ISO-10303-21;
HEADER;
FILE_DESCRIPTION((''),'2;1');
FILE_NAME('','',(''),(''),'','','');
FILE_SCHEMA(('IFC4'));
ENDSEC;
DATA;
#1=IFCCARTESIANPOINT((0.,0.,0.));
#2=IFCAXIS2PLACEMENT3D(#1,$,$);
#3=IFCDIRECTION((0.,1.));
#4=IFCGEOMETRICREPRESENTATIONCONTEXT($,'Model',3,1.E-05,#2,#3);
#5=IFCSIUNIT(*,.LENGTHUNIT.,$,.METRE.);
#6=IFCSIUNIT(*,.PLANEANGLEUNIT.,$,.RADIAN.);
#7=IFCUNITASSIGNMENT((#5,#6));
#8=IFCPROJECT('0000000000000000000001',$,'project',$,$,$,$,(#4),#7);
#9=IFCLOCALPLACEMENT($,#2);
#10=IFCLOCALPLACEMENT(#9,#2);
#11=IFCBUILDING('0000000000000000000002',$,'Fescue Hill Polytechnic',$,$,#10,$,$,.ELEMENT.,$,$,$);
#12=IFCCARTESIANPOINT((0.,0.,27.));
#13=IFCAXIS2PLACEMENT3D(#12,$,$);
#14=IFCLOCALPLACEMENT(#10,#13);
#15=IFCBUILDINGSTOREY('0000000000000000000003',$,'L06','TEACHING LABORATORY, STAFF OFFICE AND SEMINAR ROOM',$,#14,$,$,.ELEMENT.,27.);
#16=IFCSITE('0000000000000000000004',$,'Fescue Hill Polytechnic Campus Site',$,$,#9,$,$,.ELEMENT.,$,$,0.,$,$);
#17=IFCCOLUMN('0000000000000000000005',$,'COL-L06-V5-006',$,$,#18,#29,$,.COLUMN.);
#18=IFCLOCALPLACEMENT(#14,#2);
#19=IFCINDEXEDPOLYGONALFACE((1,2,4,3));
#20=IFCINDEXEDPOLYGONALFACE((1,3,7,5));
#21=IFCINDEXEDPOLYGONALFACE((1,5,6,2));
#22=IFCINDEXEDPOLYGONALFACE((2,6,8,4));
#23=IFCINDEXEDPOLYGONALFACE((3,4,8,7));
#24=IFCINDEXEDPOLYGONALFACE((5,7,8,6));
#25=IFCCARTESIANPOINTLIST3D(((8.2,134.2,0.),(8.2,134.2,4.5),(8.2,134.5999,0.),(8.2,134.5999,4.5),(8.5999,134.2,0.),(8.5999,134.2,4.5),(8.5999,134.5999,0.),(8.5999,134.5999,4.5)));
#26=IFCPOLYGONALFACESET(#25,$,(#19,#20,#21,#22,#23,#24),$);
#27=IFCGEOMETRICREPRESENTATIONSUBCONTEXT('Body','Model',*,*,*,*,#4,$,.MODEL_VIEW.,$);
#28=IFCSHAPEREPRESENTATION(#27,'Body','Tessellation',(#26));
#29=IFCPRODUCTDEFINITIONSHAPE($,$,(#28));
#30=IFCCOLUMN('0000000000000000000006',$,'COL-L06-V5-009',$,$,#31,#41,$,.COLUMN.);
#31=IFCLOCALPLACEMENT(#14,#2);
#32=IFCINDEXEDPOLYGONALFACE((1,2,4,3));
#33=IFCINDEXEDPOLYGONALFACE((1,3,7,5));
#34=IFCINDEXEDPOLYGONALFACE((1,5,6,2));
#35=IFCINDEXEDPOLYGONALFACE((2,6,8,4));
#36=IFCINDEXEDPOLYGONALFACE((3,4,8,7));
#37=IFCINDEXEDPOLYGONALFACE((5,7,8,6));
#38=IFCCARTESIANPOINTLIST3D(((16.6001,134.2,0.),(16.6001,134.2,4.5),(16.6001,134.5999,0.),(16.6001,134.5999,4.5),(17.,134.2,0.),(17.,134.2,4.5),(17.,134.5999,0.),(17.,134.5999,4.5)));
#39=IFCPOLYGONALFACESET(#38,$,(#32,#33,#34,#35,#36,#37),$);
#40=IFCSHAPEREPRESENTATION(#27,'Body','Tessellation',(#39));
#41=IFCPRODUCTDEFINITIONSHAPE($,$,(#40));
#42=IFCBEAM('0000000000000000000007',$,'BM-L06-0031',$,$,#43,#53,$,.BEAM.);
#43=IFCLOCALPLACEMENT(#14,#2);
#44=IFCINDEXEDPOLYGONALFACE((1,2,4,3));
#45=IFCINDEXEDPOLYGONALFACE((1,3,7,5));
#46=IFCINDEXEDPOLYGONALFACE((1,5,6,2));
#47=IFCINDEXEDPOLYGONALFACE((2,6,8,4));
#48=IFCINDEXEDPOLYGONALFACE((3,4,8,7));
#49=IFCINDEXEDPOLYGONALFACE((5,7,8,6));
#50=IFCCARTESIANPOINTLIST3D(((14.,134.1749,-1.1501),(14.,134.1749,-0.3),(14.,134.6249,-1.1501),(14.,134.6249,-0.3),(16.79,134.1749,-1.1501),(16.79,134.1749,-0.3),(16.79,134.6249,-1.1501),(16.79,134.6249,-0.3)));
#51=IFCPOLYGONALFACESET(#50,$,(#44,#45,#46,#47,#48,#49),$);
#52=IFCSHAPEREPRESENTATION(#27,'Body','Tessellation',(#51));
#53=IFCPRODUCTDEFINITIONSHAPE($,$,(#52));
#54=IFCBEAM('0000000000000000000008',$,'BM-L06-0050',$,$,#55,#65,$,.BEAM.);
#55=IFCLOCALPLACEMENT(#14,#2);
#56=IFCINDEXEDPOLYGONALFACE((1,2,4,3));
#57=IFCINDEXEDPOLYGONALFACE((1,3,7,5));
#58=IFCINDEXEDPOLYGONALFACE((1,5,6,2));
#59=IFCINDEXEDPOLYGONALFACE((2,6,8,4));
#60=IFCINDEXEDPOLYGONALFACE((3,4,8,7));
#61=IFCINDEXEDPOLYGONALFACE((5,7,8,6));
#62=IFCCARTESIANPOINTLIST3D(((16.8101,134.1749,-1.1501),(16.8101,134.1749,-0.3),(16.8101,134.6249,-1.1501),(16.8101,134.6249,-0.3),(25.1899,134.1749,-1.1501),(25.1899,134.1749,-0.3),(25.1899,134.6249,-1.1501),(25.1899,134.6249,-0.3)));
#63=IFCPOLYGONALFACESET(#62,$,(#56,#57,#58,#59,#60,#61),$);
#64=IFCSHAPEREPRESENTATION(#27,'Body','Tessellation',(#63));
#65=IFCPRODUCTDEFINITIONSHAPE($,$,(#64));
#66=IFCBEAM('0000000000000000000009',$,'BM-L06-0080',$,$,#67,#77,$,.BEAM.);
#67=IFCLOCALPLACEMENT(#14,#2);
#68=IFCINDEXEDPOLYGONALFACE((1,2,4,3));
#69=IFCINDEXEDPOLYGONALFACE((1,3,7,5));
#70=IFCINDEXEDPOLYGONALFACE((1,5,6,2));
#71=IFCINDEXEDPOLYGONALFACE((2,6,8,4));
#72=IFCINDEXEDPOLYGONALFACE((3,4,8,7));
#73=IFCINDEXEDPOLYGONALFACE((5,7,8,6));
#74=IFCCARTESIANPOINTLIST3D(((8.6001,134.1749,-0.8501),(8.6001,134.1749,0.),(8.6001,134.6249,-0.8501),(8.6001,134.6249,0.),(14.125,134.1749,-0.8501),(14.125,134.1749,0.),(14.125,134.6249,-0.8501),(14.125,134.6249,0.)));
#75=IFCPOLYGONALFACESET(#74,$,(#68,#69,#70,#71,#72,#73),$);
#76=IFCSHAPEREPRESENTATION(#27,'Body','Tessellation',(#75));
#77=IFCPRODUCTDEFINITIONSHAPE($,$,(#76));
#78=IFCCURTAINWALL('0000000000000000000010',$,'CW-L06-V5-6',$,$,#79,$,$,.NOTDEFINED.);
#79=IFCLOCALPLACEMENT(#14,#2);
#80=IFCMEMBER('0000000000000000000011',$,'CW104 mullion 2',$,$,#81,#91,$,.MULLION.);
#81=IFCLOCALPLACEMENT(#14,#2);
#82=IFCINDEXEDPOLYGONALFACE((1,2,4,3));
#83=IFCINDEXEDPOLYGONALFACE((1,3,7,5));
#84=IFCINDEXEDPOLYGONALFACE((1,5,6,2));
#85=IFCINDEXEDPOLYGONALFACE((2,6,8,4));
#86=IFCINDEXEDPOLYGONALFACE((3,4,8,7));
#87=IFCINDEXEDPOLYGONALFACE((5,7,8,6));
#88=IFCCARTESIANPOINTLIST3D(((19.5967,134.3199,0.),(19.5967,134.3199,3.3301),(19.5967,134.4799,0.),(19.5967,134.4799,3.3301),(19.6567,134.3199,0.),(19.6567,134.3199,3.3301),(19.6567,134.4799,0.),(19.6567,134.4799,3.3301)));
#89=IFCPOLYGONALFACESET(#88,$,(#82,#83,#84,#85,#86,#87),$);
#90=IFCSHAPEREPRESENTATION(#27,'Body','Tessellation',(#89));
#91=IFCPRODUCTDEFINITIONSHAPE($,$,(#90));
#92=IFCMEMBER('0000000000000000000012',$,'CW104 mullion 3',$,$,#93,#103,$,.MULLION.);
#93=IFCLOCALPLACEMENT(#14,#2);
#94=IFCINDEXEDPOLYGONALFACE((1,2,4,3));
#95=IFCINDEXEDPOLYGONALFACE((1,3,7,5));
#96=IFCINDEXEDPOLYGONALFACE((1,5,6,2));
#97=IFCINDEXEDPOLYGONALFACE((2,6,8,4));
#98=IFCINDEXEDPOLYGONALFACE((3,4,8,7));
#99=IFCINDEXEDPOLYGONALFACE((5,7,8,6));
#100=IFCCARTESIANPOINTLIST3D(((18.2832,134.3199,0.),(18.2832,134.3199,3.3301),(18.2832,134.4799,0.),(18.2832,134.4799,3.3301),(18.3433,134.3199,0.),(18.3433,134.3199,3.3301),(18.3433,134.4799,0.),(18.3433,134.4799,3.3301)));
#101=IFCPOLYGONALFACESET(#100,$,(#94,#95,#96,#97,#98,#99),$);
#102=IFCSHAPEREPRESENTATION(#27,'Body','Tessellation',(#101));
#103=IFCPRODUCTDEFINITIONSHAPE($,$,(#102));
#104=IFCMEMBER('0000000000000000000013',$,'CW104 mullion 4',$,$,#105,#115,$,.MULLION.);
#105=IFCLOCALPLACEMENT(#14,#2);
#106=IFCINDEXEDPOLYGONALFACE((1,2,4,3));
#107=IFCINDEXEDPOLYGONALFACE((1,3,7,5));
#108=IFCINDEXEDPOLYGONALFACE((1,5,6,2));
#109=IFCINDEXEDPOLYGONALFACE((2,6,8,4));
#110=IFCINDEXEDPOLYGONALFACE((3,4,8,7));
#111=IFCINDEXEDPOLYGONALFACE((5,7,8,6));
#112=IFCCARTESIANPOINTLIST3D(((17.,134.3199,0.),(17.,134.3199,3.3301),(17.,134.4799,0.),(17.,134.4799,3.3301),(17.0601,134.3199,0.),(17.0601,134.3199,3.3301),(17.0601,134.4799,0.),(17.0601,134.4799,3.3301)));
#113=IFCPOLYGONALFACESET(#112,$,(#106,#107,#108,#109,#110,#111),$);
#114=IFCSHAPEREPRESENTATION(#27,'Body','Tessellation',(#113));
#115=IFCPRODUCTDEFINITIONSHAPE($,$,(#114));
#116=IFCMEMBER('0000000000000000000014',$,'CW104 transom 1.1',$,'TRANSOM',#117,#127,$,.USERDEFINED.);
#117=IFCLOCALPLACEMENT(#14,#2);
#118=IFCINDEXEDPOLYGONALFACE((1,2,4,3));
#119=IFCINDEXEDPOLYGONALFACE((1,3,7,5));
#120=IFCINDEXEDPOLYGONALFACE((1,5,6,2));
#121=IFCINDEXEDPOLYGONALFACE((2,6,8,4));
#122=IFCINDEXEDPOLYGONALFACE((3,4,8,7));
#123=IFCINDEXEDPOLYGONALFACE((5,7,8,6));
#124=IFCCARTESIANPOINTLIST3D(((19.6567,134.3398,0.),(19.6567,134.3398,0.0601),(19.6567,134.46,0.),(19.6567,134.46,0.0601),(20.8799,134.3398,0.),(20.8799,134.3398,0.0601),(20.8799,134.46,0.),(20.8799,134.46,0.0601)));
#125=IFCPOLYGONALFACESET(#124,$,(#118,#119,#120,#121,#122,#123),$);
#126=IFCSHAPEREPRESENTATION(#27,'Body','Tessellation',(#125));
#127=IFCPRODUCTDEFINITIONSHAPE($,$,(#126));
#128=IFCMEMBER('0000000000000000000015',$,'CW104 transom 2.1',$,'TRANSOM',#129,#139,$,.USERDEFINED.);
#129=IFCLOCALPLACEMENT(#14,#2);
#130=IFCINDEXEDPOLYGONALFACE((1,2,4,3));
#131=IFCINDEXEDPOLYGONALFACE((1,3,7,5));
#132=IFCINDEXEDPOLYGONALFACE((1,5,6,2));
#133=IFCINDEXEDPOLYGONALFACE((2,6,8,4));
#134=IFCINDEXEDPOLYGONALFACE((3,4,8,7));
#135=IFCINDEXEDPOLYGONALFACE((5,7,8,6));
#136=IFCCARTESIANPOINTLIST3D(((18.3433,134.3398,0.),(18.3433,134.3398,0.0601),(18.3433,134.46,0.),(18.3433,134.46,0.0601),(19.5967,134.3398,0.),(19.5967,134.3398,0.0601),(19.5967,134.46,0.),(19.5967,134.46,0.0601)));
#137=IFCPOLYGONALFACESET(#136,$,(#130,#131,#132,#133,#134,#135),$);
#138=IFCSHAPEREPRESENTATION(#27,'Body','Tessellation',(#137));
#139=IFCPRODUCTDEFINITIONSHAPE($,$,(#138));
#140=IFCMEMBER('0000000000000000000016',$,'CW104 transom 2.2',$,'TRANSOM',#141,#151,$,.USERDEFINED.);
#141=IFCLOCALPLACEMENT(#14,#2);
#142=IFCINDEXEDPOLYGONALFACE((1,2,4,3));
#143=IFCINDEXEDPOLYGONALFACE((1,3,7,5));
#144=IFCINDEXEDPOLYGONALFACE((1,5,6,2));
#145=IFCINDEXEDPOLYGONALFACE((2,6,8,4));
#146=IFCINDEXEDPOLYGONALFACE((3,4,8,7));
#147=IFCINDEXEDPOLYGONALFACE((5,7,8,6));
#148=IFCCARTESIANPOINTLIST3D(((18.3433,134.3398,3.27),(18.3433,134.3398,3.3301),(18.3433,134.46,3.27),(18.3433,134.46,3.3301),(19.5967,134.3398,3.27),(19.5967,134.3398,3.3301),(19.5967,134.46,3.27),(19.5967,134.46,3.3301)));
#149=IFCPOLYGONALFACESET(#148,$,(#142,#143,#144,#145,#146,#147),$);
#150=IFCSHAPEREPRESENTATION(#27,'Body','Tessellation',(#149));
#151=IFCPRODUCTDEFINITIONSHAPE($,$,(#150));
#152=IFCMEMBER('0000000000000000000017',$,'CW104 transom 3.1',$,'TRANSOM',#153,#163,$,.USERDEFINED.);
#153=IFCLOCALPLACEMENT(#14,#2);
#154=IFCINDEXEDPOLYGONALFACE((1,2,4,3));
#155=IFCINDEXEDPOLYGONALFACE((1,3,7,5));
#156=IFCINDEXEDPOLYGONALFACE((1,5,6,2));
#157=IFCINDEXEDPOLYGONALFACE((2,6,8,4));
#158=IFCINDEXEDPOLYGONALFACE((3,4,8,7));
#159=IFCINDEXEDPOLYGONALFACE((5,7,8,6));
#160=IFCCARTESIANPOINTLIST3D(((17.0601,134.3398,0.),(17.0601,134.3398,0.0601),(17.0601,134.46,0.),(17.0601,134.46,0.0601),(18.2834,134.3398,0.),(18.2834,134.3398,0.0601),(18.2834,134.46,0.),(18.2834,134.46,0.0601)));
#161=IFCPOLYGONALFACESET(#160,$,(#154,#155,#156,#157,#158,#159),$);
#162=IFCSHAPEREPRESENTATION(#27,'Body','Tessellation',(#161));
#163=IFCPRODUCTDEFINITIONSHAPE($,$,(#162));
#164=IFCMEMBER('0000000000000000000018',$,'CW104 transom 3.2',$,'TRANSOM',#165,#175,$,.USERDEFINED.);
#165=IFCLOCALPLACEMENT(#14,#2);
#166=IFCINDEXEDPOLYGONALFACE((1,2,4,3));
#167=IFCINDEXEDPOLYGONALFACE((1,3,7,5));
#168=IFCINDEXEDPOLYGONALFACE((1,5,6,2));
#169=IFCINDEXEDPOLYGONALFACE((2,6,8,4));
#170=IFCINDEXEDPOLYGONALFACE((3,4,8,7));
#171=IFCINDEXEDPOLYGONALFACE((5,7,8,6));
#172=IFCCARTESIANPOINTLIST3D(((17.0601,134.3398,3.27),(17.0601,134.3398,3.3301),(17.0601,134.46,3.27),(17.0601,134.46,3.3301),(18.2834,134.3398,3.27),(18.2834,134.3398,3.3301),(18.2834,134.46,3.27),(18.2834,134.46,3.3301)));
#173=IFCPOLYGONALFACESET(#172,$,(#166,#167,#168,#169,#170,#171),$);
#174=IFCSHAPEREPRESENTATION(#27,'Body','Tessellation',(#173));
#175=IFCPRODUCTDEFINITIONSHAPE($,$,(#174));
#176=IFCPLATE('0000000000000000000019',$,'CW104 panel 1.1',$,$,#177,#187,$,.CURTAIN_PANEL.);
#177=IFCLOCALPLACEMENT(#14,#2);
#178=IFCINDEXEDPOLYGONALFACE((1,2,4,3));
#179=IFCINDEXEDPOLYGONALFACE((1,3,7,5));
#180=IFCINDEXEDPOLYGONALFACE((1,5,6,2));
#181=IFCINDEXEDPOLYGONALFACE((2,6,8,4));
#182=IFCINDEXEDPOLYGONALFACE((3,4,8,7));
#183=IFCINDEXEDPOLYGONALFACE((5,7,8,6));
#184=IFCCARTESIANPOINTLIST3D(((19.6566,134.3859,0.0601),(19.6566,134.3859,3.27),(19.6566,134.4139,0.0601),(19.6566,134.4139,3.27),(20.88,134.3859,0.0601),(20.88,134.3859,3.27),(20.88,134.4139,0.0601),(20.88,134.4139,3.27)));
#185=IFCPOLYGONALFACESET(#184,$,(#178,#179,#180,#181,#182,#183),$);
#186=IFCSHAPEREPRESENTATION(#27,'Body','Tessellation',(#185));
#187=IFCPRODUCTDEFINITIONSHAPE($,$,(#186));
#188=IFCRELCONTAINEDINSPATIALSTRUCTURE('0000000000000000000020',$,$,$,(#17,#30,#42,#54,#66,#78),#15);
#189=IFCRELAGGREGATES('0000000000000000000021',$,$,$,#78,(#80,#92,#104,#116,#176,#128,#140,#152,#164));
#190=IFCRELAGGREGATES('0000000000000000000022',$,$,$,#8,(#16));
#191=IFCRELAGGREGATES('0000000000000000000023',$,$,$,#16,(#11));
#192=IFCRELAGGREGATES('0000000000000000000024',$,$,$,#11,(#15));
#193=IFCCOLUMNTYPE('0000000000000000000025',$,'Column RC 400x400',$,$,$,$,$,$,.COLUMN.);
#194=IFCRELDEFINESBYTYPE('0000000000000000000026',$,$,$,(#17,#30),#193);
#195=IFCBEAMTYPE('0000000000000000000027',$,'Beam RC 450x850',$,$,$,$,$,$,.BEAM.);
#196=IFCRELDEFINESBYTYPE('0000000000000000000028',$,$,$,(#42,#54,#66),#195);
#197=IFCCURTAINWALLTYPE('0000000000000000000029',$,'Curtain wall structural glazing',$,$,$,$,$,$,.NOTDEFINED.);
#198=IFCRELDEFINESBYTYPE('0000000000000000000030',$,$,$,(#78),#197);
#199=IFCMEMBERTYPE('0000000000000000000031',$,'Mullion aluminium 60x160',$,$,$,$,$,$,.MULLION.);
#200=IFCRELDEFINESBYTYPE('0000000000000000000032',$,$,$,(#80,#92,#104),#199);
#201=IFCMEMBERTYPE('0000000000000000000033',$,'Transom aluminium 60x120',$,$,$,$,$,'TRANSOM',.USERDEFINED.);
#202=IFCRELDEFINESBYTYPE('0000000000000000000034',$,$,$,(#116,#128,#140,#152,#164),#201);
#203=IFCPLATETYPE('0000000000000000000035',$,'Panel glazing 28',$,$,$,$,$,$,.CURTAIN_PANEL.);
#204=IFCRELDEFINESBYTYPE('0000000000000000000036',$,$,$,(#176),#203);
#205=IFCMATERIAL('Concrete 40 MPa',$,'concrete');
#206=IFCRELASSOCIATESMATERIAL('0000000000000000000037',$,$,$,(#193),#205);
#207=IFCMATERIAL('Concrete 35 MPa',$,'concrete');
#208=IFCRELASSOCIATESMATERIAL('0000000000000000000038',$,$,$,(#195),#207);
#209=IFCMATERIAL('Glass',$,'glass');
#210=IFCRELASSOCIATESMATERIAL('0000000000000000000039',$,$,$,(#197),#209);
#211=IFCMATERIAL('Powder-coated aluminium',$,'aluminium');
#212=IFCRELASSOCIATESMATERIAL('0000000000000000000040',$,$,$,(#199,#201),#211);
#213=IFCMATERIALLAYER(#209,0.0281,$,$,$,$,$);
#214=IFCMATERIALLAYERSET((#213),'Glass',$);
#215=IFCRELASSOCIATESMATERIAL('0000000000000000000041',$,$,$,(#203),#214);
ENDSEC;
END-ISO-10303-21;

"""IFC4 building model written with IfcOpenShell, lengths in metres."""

from ifc_helpers import new_model, si_unit, direction, frame, origin, origin_2d, place, context, subcontext, project, spatial, rectangle, extrude, material, layer, layer_set, material_profile, profile_set, type_object, element, aggregate, save


model = new_model("IFC4")

# Units and contexts
model_context = context("Model", 3, precision=1e-05, world=origin(), true_north=direction((0.0, 1.0)))
body_context = subcontext(model_context, "Body", "Model", "MODEL_VIEW")
ifc_project = project(units=[si_unit("LENGTHUNIT", "METRE"), si_unit("PLANEANGLEUNIT", "RADIAN")], contexts=[model_context])

# Site, building, storey
site_placement = place(None, origin())
site = spatial("IfcSite", under=ifc_project, at=site_placement, Name="Fescue Hill Polytechnic Campus Site", CompositionType="ELEMENT", RefElevation=0.0)
building_placement = place(site_placement, origin())
building = spatial("IfcBuilding", under=site, at=building_placement, Name="Fescue Hill Polytechnic", CompositionType="ELEMENT")
storey_placement = place(building_placement, frame((0.0, 0.0, 27.0)))
storey = spatial("IfcBuildingStorey", under=building, at=storey_placement, Name="L06", Description="TEACHING LABORATORY, STAFF OFFICE AND SEMINAR ROOM", CompositionType="ELEMENT", Elevation=27.0)

# Columns
ifc_material_1 = material(Name="Concrete 40 MPa", Category="concrete")
ifc_material_profile_1 = material_profile(ifc_material_1, rectangle(XDim=0.3999, YDim=0.3999, at=origin_2d()), Name="RC 400x400")
ifc_profile_set_1 = profile_set([ifc_material_profile_1], Name="Concrete 40 MPa")
column_type = type_object("IfcColumnType", Name="Column RC 400x400", PredefinedType="COLUMN", material=ifc_profile_set_1)
for number, where, z_axis, x_axis, name in (
    (1, (8.3999, 134.3999, 0.0), (0.0, 0.0, 1.0), (1.0, 0.0, 0.0), "COL-L06-V5-006"),
    (2, (16.8, 134.3999, 0.0), (0.0, 0.0, 1.0), (1.0, 0.0, 0.0), "COL-L06-V5-009"),
):
    element("IfcColumn", number, at=place(storey_placement, frame(where, z_axis=z_axis, x_axis=x_axis)), inside=storey, type_object=column_type, Name=name, PredefinedType="COLUMN", context=body_context, shape_type="SweptSolid", body=[
        extrude(rectangle(XDim=0.3999, YDim=0.3999, at=origin_2d()), origin(), (0.0, 0.0, 1.0), 4.5),
    ])

# Beams
ifc_material_2 = material(Name="Concrete 35 MPa", Category="concrete")
ifc_material_profile_2 = material_profile(ifc_material_2, rectangle(XDim=0.45, YDim=0.8501, at=origin_2d()), Name="RC 450x850")
ifc_profile_set_2 = profile_set([ifc_material_profile_2], Name="Concrete 35 MPa")
beam_type = type_object("IfcBeamType", Name="Beam RC 450x850", PredefinedType="BEAM", material=ifc_profile_set_2)
beam_1_placement = place(storey_placement, frame((14.0, 134.3999, -0.7251), z_axis=(1.0, 0.0, 0.0), x_axis=(0.0, 1.0, 0.0)))
element("IfcBeam", 3, at=beam_1_placement, inside=storey, type_object=beam_type, Name="BM-L06-0031", PredefinedType="BEAM", context=body_context, shape_type="SweptSolid", body=[
    extrude(rectangle(XDim=0.45, YDim=0.8501, at=origin_2d()), origin(), (0.0, 0.0, 1.0), 2.79),
])
beam_2_placement = place(storey_placement, frame((16.8101, 134.3999, -0.7251), z_axis=(1.0, 0.0, 0.0), x_axis=(0.0, 1.0, 0.0)))
element("IfcBeam", 4, at=beam_2_placement, inside=storey, type_object=beam_type, Name="BM-L06-0050", PredefinedType="BEAM", context=body_context, shape_type="SweptSolid", body=[
    extrude(rectangle(XDim=0.45, YDim=0.8501, at=origin_2d()), origin(), (0.0, 0.0, 1.0), 8.3799),
])
beam_3_placement = place(storey_placement, frame((8.6001, 134.3999, -0.425), z_axis=(1.0, 0.0, 0.0), x_axis=(0.0, 1.0, 0.0)))
element("IfcBeam", 5, at=beam_3_placement, inside=storey, type_object=beam_type, Name="BM-L06-0080", PredefinedType="BEAM", context=body_context, shape_type="SweptSolid", body=[
    extrude(rectangle(XDim=0.45, YDim=0.8501, at=origin_2d()), origin(), (0.0, 0.0, 1.0), 5.5249),
])

# Curtain wall, members, plate
ifc_material_3 = material(Name="Glass", Category="glass")
curtain_wall_type = type_object("IfcCurtainWallType", Name="Curtain wall structural glazing", PredefinedType="NOTDEFINED", material=ifc_material_3)
curtain_wall_placement = place(storey_placement, origin())
curtain_wall = element("IfcCurtainWall", 6, at=curtain_wall_placement, inside=storey, type_object=curtain_wall_type, Name="CW-L06-V5-6", PredefinedType="NOTDEFINED")
ifc_material_4 = material(Name="Powder-coated aluminium", Category="aluminium")
ifc_material_profile_3 = material_profile(ifc_material_4, rectangle(XDim=0.1599, YDim=0.0601, at=origin_2d()), Name="Mullion aluminium 60x160")
ifc_profile_set_3 = profile_set([ifc_material_profile_3], Name="Powder-coated aluminium")
member_type_1 = type_object("IfcMemberType", Name="Mullion aluminium 60x160", PredefinedType="MULLION", material=ifc_profile_set_3)
member_1_placement = place(storey_placement, frame((19.6267, 134.3999, 0.0), z_axis=(0.0, 0.0, 1.0), x_axis=(0.0, -1.0, 0.0)))
member_1 = element("IfcMember", 7, at=member_1_placement, type_object=member_type_1, Name="CW104 mullion 2", PredefinedType="MULLION", context=body_context, shape_type="SweptSolid", body=[
    extrude(rectangle(XDim=0.1599, YDim=0.0601, at=origin_2d()), origin(), (0.0, 0.0, 1.0), 3.3301),
])
member_2_placement = place(storey_placement, frame((18.3132, 134.3999, 0.0), z_axis=(0.0, 0.0, 1.0), x_axis=(0.0, -1.0, 0.0)))
member_2 = element("IfcMember", 8, at=member_2_placement, type_object=member_type_1, Name="CW104 mullion 3", PredefinedType="MULLION", context=body_context, shape_type="SweptSolid", body=[
    extrude(rectangle(XDim=0.1599, YDim=0.0601, at=origin_2d()), origin(), (0.0, 0.0, 1.0), 3.3301),
])
member_3_placement = place(storey_placement, frame((17.03, 134.3999, 0.0), z_axis=(0.0, 0.0, 1.0), x_axis=(0.0, -1.0, 0.0)))
member_3 = element("IfcMember", 9, at=member_3_placement, type_object=member_type_1, Name="CW104 mullion 4", PredefinedType="MULLION", context=body_context, shape_type="SweptSolid", body=[
    extrude(rectangle(XDim=0.1599, YDim=0.0601, at=origin_2d()), origin(), (0.0, 0.0, 1.0), 3.3301),
])
ifc_material_profile_4 = material_profile(ifc_material_4, rectangle(XDim=0.1201, YDim=0.0601, at=origin_2d()), Name="Transom aluminium 60x120")
ifc_profile_set_4 = profile_set([ifc_material_profile_4], Name="Powder-coated aluminium")
member_type_2 = type_object("IfcMemberType", Name="Transom aluminium 60x120", ElementType="TRANSOM", PredefinedType="USERDEFINED", material=ifc_profile_set_4)
member_4_placement = place(storey_placement, frame((20.8799, 134.3999, 0.03), z_axis=(-1.0, 0.0, 0.0), x_axis=(0.0, -1.0, 0.0)))
member_4 = element("IfcMember", 10, at=member_4_placement, type_object=member_type_2, Name="CW104 transom 1.1", ObjectType="TRANSOM", PredefinedType="USERDEFINED", context=body_context, shape_type="SweptSolid", body=[
    extrude(rectangle(XDim=0.1201, YDim=0.0601, at=origin_2d()), origin(), (0.0, 0.0, 1.0), 1.2231),
])
member_5_placement = place(storey_placement, frame((19.5967, 134.3999, 0.03), z_axis=(-1.0, 0.0, 0.0), x_axis=(0.0, -1.0, 0.0)))
member_5 = element("IfcMember", 11, at=member_5_placement, type_object=member_type_2, Name="CW104 transom 2.1", ObjectType="TRANSOM", PredefinedType="USERDEFINED", context=body_context, shape_type="SweptSolid", body=[
    extrude(rectangle(XDim=0.1201, YDim=0.0601, at=origin_2d()), origin(), (0.0, 0.0, 1.0), 1.2534),
])
member_6_placement = place(storey_placement, frame((19.5967, 134.3999, 3.3), z_axis=(-1.0, 0.0, 0.0), x_axis=(0.0, -1.0, 0.0)))
member_6 = element("IfcMember", 12, at=member_6_placement, type_object=member_type_2, Name="CW104 transom 2.2", ObjectType="TRANSOM", PredefinedType="USERDEFINED", context=body_context, shape_type="SweptSolid", body=[
    extrude(rectangle(XDim=0.1201, YDim=0.0601, at=origin_2d()), origin(), (0.0, 0.0, 1.0), 1.2534),
])
member_7_placement = place(storey_placement, frame((18.2834, 134.3999, 0.03), z_axis=(-1.0, 0.0, 0.0), x_axis=(0.0, -1.0, 0.0)))
member_7 = element("IfcMember", 13, at=member_7_placement, type_object=member_type_2, Name="CW104 transom 3.1", ObjectType="TRANSOM", PredefinedType="USERDEFINED", context=body_context, shape_type="SweptSolid", body=[
    extrude(rectangle(XDim=0.1201, YDim=0.0601, at=origin_2d()), origin(), (0.0, 0.0, 1.0), 1.2234),
])
member_8_placement = place(storey_placement, frame((18.2834, 134.3999, 3.3), z_axis=(-1.0, 0.0, 0.0), x_axis=(0.0, -1.0, 0.0)))
member_8 = element("IfcMember", 14, at=member_8_placement, type_object=member_type_2, Name="CW104 transom 3.2", ObjectType="TRANSOM", PredefinedType="USERDEFINED", context=body_context, shape_type="SweptSolid", body=[
    extrude(rectangle(XDim=0.1201, YDim=0.0601, at=origin_2d()), origin(), (0.0, 0.0, 1.0), 1.2234),
])
ifc_layer_1 = layer(ifc_material_3, 0.0281)
ifc_layer_set_1 = layer_set([ifc_layer_1], Name="Glass")
plate_type = type_object("IfcPlateType", Name="Panel glazing 28", PredefinedType="CURTAIN_PANEL", material=ifc_layer_set_1)
plate_1_placement = place(storey_placement, frame((20.2683, 134.3999, 0.0601), z_axis=(0.0, 0.0, 1.0), x_axis=(-1.0, 0.0, 0.0)))
plate_1 = element("IfcPlate", 15, at=plate_1_placement, type_object=plate_type, Name="CW104 panel 1.1", PredefinedType="CURTAIN_PANEL", context=body_context, shape_type="SweptSolid", body=[
    extrude(rectangle(XDim=1.2234, YDim=0.0281, at=origin_2d()), origin(), (0.0, 0.0, 1.0), 3.21),
])
aggregate(curtain_wall, [member_1, member_2, member_3, member_4, plate_1, member_5, member_6, member_7, member_8])

save(model, "model.ifc")
